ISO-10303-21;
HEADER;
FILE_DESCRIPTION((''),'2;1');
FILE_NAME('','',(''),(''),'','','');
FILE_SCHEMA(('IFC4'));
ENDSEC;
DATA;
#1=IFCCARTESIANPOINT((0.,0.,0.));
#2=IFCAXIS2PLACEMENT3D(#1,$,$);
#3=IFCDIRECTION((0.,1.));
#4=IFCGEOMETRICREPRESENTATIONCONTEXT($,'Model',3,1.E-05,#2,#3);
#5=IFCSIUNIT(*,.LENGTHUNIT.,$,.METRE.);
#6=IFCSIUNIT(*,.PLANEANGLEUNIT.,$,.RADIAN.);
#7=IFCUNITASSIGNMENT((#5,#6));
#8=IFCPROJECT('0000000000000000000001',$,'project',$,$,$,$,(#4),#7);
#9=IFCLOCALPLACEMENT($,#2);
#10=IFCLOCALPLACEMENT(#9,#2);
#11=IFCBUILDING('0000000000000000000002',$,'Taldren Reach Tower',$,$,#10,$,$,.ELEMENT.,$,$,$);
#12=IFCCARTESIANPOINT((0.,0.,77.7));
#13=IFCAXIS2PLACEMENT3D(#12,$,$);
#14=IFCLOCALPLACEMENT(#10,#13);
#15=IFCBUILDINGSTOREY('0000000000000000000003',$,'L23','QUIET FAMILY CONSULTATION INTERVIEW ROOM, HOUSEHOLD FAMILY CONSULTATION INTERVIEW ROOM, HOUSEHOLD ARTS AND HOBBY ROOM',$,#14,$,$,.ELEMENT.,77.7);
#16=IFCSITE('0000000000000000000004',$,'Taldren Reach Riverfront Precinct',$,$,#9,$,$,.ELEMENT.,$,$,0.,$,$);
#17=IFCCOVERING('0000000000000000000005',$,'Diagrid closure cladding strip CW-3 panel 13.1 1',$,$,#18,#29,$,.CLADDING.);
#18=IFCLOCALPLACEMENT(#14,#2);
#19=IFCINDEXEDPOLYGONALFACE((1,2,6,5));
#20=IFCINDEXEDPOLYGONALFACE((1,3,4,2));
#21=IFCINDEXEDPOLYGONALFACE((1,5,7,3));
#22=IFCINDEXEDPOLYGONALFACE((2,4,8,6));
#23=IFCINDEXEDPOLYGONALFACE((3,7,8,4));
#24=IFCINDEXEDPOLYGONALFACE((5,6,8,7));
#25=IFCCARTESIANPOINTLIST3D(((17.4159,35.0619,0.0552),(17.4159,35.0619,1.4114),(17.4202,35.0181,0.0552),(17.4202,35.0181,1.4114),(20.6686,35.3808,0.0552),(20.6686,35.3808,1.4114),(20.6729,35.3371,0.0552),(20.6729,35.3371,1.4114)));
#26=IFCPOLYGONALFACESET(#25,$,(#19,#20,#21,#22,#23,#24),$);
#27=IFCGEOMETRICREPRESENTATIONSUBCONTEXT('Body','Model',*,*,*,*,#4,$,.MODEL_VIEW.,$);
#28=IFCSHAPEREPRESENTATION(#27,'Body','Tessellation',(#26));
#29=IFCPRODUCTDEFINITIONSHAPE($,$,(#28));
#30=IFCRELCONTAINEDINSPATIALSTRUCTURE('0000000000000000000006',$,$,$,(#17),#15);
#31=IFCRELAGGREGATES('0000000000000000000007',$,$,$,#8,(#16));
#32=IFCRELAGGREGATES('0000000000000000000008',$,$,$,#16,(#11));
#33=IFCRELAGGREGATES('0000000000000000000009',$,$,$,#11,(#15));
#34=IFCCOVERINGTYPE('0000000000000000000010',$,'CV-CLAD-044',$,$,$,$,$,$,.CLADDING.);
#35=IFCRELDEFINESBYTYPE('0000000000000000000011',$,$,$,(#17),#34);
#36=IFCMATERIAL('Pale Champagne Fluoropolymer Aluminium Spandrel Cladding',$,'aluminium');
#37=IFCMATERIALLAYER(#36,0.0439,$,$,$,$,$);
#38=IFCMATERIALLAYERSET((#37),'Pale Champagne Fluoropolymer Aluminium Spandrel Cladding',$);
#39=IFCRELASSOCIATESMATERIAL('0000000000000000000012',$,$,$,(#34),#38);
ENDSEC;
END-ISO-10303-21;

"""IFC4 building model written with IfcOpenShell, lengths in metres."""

from ifc_helpers import new_model, si_unit, direction, frame, origin, origin_2d, place, context, subcontext, project, spatial, rectangle, extrude, source, transform, mapped, material, layer, layer_set, type_object, element, save


model = new_model("IFC4")

# Units and contexts
model_context = context("Model", 3, precision=1e-05, world=origin(), true_north=direction((0.0, 1.0)))
body_context = subcontext(model_context, "Body", "Model", "MODEL_VIEW")
ifc_project = project(units=[si_unit("LENGTHUNIT", "METRE"), si_unit("PLANEANGLEUNIT", "RADIAN")], contexts=[model_context])

# Site, building, storey
site_placement = place(None, origin())
site = spatial("IfcSite", under=ifc_project, at=site_placement, Name="Taldren Reach Riverfront Precinct", CompositionType="ELEMENT", RefElevation=0.0)
building_placement = place(site_placement, origin())
building = spatial("IfcBuilding", under=site, at=building_placement, Name="Taldren Reach Tower", CompositionType="ELEMENT")
storey_placement = place(building_placement, frame((0.0, 0.0, 77.7)))
storey = spatial("IfcBuildingStorey", under=building, at=storey_placement, Name="L23", Description="QUIET FAMILY CONSULTATION INTERVIEW ROOM, HOUSEHOLD FAMILY CONSULTATION INTERVIEW ROOM, HOUSEHOLD ARTS AND HOBBY ROOM", CompositionType="ELEMENT", Elevation=77.7)

# Covering
ifc_material_1 = material(Name="Pale Champagne Fluoropolymer Aluminium Spandrel Cladding", Category="aluminium")
ifc_layer_1 = layer(ifc_material_1, 0.0439)
ifc_layer_set_1 = layer_set([ifc_layer_1], Name="Pale Champagne Fluoropolymer Aluminium Spandrel Cladding")
covering_type = type_object("IfcCoveringType", Name="CV-CLAD-044", PredefinedType="CLADDING", material=ifc_layer_set_1)
shared_shape_1 = source(origin(), body_context, "Body", "SweptSolid", [
    extrude(rectangle(XDim=3.2683, YDim=0.0439, at=origin_2d()), origin(), (0.0, 0.0, 1.0), 1.3562),
])
covering_1_placement = place(storey_placement, frame((19.0444, 35.1995, 0.0552), z_axis=(0.0, 0.0, 1.0), x_axis=(-0.995227, -0.097583, 0.0)))
element("IfcCovering", 1, at=covering_1_placement, inside=storey, type_object=covering_type, Name="Diagrid closure cladding strip CW-3 panel 13.1 1", PredefinedType="CLADDING", context=body_context, shape_type="MappedRepresentation", body=[
    mapped(shared_shape_1, transform((0.0, 0.0, 0.0), scale=1.0)),
])

save(model, "model.ifc")
